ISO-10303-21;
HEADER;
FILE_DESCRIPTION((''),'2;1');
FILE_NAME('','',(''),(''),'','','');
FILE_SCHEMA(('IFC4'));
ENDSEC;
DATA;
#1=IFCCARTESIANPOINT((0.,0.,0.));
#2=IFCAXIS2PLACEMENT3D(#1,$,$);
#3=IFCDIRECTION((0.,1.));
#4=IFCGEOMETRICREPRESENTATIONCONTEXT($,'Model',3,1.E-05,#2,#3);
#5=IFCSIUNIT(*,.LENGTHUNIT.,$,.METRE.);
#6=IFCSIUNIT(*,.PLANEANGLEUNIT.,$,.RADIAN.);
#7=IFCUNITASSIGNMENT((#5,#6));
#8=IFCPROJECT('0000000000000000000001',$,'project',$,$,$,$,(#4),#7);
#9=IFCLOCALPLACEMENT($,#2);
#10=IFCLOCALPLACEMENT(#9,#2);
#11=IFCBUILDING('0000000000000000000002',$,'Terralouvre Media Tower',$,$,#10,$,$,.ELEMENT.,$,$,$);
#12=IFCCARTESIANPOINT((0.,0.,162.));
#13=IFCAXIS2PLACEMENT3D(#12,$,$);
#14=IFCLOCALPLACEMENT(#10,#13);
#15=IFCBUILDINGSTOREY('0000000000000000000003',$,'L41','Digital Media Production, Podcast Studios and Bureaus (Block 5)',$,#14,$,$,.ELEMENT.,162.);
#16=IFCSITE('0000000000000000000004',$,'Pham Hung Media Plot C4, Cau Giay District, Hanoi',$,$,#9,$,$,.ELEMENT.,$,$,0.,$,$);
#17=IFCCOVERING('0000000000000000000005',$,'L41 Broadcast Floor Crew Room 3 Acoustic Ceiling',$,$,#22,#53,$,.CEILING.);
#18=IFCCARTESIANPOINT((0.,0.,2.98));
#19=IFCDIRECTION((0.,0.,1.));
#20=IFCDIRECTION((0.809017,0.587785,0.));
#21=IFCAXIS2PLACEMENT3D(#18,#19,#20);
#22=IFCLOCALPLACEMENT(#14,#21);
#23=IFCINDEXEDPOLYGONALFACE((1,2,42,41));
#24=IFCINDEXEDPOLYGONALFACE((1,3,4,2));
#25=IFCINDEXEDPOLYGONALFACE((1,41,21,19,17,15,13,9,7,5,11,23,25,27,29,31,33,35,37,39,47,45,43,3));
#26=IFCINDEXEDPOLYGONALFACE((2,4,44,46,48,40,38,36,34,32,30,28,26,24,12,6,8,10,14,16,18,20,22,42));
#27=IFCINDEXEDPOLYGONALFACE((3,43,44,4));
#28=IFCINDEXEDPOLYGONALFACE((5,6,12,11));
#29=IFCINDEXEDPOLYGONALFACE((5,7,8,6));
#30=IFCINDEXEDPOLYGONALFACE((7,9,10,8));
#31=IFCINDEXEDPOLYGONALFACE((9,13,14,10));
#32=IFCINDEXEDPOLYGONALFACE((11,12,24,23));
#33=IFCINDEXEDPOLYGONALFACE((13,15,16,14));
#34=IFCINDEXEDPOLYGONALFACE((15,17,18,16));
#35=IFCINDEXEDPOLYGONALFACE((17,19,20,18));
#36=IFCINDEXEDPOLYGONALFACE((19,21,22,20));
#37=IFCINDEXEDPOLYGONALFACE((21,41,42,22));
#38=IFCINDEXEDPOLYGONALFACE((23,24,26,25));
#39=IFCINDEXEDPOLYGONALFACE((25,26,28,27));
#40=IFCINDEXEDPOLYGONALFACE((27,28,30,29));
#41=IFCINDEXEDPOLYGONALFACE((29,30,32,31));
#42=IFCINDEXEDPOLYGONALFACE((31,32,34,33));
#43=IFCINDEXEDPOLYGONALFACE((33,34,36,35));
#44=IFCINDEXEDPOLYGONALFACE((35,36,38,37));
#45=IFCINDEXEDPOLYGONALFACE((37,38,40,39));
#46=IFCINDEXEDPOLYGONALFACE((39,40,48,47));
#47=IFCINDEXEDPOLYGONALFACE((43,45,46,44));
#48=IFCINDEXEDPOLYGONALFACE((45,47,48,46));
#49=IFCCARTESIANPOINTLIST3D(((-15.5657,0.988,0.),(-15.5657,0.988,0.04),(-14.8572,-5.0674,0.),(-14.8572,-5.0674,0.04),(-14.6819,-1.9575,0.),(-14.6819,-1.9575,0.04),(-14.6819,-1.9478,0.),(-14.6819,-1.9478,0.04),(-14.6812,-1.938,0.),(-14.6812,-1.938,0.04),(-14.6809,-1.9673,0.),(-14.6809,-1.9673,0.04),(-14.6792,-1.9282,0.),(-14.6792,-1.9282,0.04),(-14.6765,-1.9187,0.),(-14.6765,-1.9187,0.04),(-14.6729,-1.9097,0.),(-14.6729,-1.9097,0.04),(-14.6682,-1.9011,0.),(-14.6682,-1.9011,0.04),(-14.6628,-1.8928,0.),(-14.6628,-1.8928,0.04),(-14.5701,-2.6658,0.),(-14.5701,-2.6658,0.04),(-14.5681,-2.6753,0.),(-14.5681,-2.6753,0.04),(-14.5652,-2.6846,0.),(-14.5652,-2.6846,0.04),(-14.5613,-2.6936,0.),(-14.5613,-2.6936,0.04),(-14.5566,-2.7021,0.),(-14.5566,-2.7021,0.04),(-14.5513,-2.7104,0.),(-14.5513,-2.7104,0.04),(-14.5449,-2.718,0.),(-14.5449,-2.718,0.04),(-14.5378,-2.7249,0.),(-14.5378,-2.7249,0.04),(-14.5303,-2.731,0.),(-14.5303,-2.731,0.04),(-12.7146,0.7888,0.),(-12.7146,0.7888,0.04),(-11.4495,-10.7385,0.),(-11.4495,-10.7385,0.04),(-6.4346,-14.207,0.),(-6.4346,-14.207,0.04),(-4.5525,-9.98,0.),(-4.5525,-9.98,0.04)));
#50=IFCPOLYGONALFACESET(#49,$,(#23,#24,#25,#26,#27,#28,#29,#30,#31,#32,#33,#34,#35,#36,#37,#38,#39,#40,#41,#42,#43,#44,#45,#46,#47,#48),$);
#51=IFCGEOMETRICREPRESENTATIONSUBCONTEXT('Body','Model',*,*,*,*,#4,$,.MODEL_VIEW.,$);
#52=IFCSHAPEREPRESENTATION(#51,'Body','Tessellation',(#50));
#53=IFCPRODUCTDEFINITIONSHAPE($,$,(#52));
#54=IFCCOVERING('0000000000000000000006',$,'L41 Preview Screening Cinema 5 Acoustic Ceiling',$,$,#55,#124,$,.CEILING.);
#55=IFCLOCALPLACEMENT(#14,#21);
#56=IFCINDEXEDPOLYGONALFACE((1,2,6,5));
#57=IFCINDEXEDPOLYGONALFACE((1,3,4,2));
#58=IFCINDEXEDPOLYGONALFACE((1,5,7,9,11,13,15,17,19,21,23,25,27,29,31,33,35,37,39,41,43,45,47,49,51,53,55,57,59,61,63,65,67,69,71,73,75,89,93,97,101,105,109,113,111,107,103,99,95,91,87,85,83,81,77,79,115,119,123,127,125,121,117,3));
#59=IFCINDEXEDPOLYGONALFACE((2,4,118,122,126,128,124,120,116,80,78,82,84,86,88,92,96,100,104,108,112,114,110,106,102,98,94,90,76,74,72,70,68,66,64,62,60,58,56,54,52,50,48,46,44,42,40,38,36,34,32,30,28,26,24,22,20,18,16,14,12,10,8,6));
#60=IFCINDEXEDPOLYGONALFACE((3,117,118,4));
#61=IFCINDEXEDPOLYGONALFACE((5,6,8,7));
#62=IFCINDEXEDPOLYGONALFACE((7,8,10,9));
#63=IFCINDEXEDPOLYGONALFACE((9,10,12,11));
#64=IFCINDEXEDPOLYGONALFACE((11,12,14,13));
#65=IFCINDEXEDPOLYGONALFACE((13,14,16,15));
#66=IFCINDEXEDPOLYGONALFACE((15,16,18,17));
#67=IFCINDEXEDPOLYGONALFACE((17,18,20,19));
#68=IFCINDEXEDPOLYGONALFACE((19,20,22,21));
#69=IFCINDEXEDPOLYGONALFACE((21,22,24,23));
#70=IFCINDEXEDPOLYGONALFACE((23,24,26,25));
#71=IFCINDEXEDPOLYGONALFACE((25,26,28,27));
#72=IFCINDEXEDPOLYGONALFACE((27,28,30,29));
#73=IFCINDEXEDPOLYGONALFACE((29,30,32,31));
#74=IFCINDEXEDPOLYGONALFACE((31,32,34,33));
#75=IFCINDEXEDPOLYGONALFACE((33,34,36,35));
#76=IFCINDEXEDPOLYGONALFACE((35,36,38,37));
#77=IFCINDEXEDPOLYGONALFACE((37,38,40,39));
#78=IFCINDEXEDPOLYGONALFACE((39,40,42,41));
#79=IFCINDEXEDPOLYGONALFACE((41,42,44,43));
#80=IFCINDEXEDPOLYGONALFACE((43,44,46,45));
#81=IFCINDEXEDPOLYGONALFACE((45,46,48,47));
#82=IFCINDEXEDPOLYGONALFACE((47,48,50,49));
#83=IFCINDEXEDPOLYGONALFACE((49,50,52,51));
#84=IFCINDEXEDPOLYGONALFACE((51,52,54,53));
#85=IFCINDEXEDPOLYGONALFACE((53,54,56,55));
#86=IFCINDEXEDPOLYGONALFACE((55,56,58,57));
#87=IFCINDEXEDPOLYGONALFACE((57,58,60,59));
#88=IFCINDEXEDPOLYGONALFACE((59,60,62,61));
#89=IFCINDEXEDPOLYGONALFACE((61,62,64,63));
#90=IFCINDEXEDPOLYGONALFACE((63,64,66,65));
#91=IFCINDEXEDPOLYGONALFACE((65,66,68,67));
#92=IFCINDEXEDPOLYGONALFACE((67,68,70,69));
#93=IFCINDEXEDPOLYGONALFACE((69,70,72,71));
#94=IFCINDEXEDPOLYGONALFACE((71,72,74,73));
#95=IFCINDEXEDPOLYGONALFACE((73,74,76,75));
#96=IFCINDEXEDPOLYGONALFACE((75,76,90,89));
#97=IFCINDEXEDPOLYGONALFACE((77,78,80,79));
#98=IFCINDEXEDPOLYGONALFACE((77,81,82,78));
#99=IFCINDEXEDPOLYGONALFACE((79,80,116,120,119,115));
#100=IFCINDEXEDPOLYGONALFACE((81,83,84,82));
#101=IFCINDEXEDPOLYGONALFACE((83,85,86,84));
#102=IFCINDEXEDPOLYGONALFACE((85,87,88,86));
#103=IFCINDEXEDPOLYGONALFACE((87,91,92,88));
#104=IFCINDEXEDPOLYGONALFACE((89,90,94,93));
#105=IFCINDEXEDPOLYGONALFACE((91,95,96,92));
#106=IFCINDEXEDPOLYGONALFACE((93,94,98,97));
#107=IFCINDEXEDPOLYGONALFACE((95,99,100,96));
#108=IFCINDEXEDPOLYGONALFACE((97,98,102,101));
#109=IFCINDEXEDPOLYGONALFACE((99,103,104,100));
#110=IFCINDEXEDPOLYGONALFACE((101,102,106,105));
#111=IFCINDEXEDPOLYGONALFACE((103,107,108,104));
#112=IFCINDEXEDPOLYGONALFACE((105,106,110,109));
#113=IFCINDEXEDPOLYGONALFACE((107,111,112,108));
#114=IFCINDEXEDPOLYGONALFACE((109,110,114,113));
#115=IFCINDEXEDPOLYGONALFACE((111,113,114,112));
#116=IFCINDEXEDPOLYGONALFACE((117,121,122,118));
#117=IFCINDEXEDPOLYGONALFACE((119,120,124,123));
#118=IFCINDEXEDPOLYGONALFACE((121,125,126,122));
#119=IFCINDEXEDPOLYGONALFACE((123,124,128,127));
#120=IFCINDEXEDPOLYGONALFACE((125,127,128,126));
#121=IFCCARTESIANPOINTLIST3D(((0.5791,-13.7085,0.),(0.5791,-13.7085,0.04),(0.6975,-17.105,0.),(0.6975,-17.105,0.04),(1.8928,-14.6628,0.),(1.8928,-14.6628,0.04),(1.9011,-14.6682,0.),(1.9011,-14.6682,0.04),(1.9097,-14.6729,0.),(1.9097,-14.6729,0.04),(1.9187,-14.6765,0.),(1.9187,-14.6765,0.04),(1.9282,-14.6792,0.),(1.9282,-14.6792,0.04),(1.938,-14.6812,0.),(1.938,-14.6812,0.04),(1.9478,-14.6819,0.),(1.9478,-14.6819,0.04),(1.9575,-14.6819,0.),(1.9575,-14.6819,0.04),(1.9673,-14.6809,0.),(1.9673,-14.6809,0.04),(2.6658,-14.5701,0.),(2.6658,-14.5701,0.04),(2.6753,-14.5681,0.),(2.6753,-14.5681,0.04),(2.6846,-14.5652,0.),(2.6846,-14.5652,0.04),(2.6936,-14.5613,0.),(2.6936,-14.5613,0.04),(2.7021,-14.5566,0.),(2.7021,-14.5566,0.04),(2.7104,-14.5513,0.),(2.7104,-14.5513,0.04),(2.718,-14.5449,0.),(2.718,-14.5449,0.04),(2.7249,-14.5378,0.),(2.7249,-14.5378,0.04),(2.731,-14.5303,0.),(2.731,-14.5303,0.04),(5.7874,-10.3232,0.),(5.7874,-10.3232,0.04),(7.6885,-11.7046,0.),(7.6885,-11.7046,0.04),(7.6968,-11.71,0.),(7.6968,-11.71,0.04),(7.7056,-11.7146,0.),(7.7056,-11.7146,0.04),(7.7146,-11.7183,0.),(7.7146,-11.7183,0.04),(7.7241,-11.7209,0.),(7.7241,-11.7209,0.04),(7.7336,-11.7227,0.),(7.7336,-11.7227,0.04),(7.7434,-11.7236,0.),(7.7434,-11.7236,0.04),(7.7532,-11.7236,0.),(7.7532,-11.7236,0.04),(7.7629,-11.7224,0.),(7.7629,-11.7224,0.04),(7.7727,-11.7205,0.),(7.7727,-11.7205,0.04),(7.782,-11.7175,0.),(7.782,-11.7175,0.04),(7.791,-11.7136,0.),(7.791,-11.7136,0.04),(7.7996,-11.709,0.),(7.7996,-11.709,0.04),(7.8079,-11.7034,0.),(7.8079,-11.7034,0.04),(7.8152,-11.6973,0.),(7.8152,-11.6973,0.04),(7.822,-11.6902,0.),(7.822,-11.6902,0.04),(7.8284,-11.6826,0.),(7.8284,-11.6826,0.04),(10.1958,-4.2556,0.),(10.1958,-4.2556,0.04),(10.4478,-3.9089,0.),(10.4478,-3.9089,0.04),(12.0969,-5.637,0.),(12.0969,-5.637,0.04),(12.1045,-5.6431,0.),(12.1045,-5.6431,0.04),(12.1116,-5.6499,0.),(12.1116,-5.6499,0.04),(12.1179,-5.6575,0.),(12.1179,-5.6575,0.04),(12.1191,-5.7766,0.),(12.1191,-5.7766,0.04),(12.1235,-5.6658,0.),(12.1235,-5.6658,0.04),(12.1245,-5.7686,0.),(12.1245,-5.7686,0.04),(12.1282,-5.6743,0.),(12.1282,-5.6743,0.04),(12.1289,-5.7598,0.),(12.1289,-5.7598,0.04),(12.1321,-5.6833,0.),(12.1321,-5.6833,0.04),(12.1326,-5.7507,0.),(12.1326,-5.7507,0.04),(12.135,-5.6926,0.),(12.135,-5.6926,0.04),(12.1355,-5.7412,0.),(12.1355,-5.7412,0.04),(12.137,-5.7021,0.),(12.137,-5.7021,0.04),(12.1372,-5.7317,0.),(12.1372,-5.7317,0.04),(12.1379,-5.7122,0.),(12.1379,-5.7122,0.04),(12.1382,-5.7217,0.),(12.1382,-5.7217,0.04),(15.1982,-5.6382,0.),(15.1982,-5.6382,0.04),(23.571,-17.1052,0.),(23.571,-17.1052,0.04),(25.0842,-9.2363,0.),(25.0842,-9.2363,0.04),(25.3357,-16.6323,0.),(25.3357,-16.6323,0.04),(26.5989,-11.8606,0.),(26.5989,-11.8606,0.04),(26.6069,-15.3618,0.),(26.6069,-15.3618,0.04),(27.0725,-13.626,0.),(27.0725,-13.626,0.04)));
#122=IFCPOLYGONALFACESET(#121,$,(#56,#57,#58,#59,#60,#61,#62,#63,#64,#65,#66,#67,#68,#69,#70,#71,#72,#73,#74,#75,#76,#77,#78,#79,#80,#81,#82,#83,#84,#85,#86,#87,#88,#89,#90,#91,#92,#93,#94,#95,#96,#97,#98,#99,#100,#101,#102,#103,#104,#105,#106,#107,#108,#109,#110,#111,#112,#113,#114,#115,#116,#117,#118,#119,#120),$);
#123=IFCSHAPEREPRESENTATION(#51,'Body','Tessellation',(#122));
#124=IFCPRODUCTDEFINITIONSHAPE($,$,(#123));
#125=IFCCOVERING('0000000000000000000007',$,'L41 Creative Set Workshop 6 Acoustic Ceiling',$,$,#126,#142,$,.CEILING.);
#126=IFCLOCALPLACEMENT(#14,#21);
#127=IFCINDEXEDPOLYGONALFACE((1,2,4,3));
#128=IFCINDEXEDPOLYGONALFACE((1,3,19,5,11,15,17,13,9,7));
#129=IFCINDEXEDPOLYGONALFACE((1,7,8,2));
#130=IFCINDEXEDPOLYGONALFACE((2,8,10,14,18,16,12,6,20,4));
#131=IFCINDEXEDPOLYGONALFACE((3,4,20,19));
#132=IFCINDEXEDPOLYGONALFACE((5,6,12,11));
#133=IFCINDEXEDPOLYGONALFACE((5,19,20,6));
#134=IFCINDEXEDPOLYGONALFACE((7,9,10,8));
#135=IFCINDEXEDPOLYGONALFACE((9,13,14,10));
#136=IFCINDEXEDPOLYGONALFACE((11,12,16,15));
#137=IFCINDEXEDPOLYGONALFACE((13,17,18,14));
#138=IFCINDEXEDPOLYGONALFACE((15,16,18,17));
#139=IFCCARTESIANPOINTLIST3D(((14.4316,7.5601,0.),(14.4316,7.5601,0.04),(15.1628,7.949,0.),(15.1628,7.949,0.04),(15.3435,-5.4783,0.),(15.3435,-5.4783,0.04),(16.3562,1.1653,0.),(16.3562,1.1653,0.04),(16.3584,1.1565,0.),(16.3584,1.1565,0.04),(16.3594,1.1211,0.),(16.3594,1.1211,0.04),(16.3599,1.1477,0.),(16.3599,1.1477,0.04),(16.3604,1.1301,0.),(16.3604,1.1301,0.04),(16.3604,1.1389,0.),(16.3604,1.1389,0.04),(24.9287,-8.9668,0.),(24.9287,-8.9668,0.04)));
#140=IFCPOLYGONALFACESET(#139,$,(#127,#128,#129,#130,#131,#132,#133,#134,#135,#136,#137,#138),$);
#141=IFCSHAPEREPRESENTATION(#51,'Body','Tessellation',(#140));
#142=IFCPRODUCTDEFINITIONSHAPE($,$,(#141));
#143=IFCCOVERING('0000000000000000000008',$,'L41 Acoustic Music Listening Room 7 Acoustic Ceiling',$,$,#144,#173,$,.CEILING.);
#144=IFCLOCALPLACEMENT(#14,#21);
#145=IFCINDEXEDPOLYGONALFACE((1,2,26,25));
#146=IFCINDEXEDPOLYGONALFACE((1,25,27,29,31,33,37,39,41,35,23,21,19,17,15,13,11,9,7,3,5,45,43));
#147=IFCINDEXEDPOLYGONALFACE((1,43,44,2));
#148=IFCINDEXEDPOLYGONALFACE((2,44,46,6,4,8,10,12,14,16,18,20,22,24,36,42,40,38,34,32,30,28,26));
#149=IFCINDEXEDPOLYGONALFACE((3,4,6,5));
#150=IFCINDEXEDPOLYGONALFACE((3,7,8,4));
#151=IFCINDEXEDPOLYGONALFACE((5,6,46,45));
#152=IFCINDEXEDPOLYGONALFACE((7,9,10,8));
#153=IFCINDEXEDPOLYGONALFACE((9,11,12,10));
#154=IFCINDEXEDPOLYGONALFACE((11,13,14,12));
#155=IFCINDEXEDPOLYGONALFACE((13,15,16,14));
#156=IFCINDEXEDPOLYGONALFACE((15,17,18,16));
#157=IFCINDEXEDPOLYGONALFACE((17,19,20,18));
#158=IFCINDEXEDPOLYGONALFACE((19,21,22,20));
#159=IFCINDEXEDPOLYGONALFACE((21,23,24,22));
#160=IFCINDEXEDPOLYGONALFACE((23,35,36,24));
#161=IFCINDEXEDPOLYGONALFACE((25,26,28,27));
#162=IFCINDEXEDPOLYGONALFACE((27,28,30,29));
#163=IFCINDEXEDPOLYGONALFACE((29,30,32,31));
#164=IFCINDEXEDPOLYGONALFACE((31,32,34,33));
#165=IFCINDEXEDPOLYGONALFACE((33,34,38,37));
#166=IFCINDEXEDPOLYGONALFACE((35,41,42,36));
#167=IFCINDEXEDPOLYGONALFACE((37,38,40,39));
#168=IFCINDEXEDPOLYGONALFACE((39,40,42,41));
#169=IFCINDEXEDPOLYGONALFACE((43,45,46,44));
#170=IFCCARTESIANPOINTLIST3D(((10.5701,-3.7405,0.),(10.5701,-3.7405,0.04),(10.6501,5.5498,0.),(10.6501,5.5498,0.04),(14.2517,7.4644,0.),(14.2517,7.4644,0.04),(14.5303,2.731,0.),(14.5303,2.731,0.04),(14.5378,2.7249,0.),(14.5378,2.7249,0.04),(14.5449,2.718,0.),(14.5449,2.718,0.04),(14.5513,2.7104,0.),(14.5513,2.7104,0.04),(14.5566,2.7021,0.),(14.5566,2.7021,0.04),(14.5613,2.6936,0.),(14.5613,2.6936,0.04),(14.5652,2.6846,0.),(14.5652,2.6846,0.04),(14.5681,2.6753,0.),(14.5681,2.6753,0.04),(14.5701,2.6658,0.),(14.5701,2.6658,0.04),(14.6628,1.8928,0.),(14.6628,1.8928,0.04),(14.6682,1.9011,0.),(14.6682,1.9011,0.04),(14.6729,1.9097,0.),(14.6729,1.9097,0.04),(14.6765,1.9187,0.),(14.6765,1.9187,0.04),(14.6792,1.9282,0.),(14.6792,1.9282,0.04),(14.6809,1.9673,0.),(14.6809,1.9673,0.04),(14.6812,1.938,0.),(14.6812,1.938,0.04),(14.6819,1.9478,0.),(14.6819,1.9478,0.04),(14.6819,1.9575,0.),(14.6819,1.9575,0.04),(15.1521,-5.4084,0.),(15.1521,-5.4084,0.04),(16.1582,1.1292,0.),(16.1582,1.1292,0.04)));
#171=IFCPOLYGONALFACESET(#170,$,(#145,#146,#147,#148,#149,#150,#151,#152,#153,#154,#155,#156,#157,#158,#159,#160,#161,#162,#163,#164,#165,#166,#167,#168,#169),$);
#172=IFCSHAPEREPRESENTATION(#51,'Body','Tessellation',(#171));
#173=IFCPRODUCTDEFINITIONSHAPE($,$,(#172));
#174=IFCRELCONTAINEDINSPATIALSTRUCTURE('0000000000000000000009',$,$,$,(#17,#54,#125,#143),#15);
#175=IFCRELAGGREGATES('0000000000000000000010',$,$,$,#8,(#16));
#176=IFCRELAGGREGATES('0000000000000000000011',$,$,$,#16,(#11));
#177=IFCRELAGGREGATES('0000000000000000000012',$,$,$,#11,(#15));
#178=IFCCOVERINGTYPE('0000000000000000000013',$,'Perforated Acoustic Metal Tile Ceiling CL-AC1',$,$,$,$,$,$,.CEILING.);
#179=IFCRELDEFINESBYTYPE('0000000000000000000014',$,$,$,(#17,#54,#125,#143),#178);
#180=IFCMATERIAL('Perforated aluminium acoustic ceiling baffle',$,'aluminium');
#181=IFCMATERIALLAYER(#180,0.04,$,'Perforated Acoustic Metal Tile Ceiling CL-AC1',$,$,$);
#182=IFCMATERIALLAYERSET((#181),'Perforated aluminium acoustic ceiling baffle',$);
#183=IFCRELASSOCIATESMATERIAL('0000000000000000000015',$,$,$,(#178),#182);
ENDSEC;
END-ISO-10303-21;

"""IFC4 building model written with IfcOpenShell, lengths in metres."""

from ifc_helpers import new_model, si_unit, direction, frame, origin, place, context, subcontext, project, spatial, polyline, outline, extrude, material, layer, layer_set, type_object, element, save


model = new_model("IFC4")

# Units and contexts
model_context = context("Model", 3, precision=1e-05, world=origin(), true_north=direction((0.0, 1.0)))
body_context = subcontext(model_context, "Body", "Model", "MODEL_VIEW")
ifc_project = project(units=[si_unit("LENGTHUNIT", "METRE"), si_unit("PLANEANGLEUNIT", "RADIAN")], contexts=[model_context])

# Site, building, storey
site_placement = place(None, origin())
site = spatial("IfcSite", under=ifc_project, at=site_placement, Name="Pham Hung Media Plot C4, Cau Giay District, Hanoi", CompositionType="ELEMENT", RefElevation=0.0)
building_placement = place(site_placement, origin())
building = spatial("IfcBuilding", under=site, at=building_placement, Name="Terralouvre Media Tower", CompositionType="ELEMENT")
storey_placement = place(building_placement, frame((0.0, 0.0, 162.0)))
storey = spatial("IfcBuildingStorey", under=building, at=storey_placement, Name="L41", Description="Digital Media Production, Podcast Studios and Bureaus (Block 5)", CompositionType="ELEMENT", Elevation=162.0)

# Coverings
ifc_material_1 = material(Name="Perforated aluminium acoustic ceiling baffle", Category="aluminium")
ifc_layer_1 = layer(ifc_material_1, 0.04, Name="Perforated Acoustic Metal Tile Ceiling CL-AC1")
ifc_layer_set_1 = layer_set([ifc_layer_1], Name="Perforated aluminium acoustic ceiling baffle")
covering_type_1 = type_object("IfcCoveringType", Name="Perforated Acoustic Metal Tile Ceiling CL-AC1", PredefinedType="CEILING", material=ifc_layer_set_1)
covering_1_placement = place(storey_placement, frame((0.0, 0.0, 2.98), z_axis=(0.0, 0.0, 1.0), x_axis=(0.809017, 0.587785, 0.0)))
element("IfcCovering", 1, at=covering_1_placement, inside=storey, type_object=covering_type_1, Name="L41 Broadcast Floor Crew Room 3 Acoustic Ceiling", PredefinedType="CEILING", context=body_context, shape_type="SweptSolid", body=[
    extrude(outline(polyline([(-14.8572, -5.0674), (-11.4495, -10.7385), (-6.4346, -14.207), (-4.5525, -9.98), (-14.5303, -2.731), (-14.5378, -2.7249), (-14.5449, -2.718), (-14.5513, -2.7104), (-14.5566, -2.7021), (-14.5613, -2.6936), (-14.5652, -2.6846), (-14.5681, -2.6753), (-14.5701, -2.6658), (-14.6809, -1.9673), (-14.6819, -1.9575), (-14.6819, -1.9478), (-14.6812, -1.938), (-14.6792, -1.9282), (-14.6765, -1.9187), (-14.6729, -1.9097), (-14.6682, -1.9011), (-14.6628, -1.8928), (-12.7146, 0.7888), (-15.5657, 0.988), (-14.8572, -5.0674)])), origin(), (0.0, 0.0, 1.0), 0.04),
])
covering_2_placement = place(storey_placement, frame((0.0, 0.0, 2.98), z_axis=(0.0, 0.0, 1.0), x_axis=(0.809017, 0.587785, 0.0)))
element("IfcCovering", 2, at=covering_2_placement, inside=storey, type_object=covering_type_1, Name="L41 Preview Screening Cinema 5 Acoustic Ceiling", PredefinedType="CEILING", context=body_context, shape_type="SweptSolid", body=[
    extrude(outline(polyline([(10.4478, -3.9089), (10.1958, -4.2556), (12.0969, -5.637), (12.1045, -5.6431), (12.1116, -5.6499), (12.1179, -5.6575), (12.1235, -5.6658), (12.1282, -5.6743), (12.1321, -5.6833), (12.135, -5.6926), (12.137, -5.7021), (12.1379, -5.7122), (12.1382, -5.7217), (12.1372, -5.7317), (12.1355, -5.7412), (12.1326, -5.7507), (12.1289, -5.7598), (12.1245, -5.7686), (12.1191, -5.7766), (7.8284, -11.6826), (7.822, -11.6902), (7.8152, -11.6973), (7.8079, -11.7034), (7.7996, -11.709), (7.791, -11.7136), (7.782, -11.7175), (7.7727, -11.7205), (7.7629, -11.7224), (7.7532, -11.7236), (7.7434, -11.7236), (7.7336, -11.7227), (7.7241, -11.7209), (7.7146, -11.7183), (7.7056, -11.7146), (7.6968, -11.71), (7.6885, -11.7046), (5.7874, -10.3232), (2.731, -14.5303), (2.7249, -14.5378), (2.718, -14.5449), (2.7104, -14.5513), (2.7021, -14.5566), (2.6936, -14.5613), (2.6846, -14.5652), (2.6753, -14.5681), (2.6658, -14.5701), (1.9673, -14.6809), (1.9575, -14.6819), (1.9478, -14.6819), (1.938, -14.6812), (1.9282, -14.6792), (1.9187, -14.6765), (1.9097, -14.6729), (1.9011, -14.6682), (1.8928, -14.6628), (0.5791, -13.7085), (0.6975, -17.105), (23.571, -17.1052), (25.3357, -16.6323), (26.6069, -15.3618), (27.0725, -13.626), (26.5989, -11.8606), (25.0842, -9.2363), (15.1982, -5.6382), (10.4478, -3.9089)])), origin(), (0.0, 0.0, 1.0), 0.04),
])
covering_3_placement = place(storey_placement, frame((0.0, 0.0, 2.98), z_axis=(0.0, 0.0, 1.0), x_axis=(0.809017, 0.587785, 0.0)))
element("IfcCovering", 3, at=covering_3_placement, inside=storey, type_object=covering_type_1, Name="L41 Creative Set Workshop 6 Acoustic Ceiling", PredefinedType="CEILING", context=body_context, shape_type="SweptSolid", body=[
    extrude(outline(polyline([(16.3562, 1.1653), (16.3584, 1.1565), (16.3599, 1.1477), (16.3604, 1.1389), (16.3604, 1.1301), (16.3594, 1.1211), (15.3435, -5.4783), (24.9287, -8.9668), (15.1628, 7.949), (14.4316, 7.5601), (16.3562, 1.1653)])), origin(), (0.0, 0.0, 1.0), 0.04),
])
covering_4_placement = place(storey_placement, frame((0.0, 0.0, 2.98), z_axis=(0.0, 0.0, 1.0), x_axis=(0.809017, 0.587785, 0.0)))
element("IfcCovering", 4, at=covering_4_placement, inside=storey, type_object=covering_type_1, Name="L41 Acoustic Music Listening Room 7 Acoustic Ceiling", PredefinedType="CEILING", context=body_context, shape_type="SweptSolid", body=[
    extrude(outline(polyline([(16.1582, 1.1292), (14.2517, 7.4644), (10.6501, 5.5498), (14.5303, 2.731), (14.5378, 2.7249), (14.5449, 2.718), (14.5513, 2.7104), (14.5566, 2.7021), (14.5613, 2.6936), (14.5652, 2.6846), (14.5681, 2.6753), (14.5701, 2.6658), (14.6809, 1.9673), (14.6819, 1.9575), (14.6819, 1.9478), (14.6812, 1.938), (14.6792, 1.9282), (14.6765, 1.9187), (14.6729, 1.9097), (14.6682, 1.9011), (14.6628, 1.8928), (10.5701, -3.7405), (15.1521, -5.4084), (16.1582, 1.1292)])), origin(), (0.0, 0.0, 1.0), 0.04),
])

save(model, "model.ifc")
